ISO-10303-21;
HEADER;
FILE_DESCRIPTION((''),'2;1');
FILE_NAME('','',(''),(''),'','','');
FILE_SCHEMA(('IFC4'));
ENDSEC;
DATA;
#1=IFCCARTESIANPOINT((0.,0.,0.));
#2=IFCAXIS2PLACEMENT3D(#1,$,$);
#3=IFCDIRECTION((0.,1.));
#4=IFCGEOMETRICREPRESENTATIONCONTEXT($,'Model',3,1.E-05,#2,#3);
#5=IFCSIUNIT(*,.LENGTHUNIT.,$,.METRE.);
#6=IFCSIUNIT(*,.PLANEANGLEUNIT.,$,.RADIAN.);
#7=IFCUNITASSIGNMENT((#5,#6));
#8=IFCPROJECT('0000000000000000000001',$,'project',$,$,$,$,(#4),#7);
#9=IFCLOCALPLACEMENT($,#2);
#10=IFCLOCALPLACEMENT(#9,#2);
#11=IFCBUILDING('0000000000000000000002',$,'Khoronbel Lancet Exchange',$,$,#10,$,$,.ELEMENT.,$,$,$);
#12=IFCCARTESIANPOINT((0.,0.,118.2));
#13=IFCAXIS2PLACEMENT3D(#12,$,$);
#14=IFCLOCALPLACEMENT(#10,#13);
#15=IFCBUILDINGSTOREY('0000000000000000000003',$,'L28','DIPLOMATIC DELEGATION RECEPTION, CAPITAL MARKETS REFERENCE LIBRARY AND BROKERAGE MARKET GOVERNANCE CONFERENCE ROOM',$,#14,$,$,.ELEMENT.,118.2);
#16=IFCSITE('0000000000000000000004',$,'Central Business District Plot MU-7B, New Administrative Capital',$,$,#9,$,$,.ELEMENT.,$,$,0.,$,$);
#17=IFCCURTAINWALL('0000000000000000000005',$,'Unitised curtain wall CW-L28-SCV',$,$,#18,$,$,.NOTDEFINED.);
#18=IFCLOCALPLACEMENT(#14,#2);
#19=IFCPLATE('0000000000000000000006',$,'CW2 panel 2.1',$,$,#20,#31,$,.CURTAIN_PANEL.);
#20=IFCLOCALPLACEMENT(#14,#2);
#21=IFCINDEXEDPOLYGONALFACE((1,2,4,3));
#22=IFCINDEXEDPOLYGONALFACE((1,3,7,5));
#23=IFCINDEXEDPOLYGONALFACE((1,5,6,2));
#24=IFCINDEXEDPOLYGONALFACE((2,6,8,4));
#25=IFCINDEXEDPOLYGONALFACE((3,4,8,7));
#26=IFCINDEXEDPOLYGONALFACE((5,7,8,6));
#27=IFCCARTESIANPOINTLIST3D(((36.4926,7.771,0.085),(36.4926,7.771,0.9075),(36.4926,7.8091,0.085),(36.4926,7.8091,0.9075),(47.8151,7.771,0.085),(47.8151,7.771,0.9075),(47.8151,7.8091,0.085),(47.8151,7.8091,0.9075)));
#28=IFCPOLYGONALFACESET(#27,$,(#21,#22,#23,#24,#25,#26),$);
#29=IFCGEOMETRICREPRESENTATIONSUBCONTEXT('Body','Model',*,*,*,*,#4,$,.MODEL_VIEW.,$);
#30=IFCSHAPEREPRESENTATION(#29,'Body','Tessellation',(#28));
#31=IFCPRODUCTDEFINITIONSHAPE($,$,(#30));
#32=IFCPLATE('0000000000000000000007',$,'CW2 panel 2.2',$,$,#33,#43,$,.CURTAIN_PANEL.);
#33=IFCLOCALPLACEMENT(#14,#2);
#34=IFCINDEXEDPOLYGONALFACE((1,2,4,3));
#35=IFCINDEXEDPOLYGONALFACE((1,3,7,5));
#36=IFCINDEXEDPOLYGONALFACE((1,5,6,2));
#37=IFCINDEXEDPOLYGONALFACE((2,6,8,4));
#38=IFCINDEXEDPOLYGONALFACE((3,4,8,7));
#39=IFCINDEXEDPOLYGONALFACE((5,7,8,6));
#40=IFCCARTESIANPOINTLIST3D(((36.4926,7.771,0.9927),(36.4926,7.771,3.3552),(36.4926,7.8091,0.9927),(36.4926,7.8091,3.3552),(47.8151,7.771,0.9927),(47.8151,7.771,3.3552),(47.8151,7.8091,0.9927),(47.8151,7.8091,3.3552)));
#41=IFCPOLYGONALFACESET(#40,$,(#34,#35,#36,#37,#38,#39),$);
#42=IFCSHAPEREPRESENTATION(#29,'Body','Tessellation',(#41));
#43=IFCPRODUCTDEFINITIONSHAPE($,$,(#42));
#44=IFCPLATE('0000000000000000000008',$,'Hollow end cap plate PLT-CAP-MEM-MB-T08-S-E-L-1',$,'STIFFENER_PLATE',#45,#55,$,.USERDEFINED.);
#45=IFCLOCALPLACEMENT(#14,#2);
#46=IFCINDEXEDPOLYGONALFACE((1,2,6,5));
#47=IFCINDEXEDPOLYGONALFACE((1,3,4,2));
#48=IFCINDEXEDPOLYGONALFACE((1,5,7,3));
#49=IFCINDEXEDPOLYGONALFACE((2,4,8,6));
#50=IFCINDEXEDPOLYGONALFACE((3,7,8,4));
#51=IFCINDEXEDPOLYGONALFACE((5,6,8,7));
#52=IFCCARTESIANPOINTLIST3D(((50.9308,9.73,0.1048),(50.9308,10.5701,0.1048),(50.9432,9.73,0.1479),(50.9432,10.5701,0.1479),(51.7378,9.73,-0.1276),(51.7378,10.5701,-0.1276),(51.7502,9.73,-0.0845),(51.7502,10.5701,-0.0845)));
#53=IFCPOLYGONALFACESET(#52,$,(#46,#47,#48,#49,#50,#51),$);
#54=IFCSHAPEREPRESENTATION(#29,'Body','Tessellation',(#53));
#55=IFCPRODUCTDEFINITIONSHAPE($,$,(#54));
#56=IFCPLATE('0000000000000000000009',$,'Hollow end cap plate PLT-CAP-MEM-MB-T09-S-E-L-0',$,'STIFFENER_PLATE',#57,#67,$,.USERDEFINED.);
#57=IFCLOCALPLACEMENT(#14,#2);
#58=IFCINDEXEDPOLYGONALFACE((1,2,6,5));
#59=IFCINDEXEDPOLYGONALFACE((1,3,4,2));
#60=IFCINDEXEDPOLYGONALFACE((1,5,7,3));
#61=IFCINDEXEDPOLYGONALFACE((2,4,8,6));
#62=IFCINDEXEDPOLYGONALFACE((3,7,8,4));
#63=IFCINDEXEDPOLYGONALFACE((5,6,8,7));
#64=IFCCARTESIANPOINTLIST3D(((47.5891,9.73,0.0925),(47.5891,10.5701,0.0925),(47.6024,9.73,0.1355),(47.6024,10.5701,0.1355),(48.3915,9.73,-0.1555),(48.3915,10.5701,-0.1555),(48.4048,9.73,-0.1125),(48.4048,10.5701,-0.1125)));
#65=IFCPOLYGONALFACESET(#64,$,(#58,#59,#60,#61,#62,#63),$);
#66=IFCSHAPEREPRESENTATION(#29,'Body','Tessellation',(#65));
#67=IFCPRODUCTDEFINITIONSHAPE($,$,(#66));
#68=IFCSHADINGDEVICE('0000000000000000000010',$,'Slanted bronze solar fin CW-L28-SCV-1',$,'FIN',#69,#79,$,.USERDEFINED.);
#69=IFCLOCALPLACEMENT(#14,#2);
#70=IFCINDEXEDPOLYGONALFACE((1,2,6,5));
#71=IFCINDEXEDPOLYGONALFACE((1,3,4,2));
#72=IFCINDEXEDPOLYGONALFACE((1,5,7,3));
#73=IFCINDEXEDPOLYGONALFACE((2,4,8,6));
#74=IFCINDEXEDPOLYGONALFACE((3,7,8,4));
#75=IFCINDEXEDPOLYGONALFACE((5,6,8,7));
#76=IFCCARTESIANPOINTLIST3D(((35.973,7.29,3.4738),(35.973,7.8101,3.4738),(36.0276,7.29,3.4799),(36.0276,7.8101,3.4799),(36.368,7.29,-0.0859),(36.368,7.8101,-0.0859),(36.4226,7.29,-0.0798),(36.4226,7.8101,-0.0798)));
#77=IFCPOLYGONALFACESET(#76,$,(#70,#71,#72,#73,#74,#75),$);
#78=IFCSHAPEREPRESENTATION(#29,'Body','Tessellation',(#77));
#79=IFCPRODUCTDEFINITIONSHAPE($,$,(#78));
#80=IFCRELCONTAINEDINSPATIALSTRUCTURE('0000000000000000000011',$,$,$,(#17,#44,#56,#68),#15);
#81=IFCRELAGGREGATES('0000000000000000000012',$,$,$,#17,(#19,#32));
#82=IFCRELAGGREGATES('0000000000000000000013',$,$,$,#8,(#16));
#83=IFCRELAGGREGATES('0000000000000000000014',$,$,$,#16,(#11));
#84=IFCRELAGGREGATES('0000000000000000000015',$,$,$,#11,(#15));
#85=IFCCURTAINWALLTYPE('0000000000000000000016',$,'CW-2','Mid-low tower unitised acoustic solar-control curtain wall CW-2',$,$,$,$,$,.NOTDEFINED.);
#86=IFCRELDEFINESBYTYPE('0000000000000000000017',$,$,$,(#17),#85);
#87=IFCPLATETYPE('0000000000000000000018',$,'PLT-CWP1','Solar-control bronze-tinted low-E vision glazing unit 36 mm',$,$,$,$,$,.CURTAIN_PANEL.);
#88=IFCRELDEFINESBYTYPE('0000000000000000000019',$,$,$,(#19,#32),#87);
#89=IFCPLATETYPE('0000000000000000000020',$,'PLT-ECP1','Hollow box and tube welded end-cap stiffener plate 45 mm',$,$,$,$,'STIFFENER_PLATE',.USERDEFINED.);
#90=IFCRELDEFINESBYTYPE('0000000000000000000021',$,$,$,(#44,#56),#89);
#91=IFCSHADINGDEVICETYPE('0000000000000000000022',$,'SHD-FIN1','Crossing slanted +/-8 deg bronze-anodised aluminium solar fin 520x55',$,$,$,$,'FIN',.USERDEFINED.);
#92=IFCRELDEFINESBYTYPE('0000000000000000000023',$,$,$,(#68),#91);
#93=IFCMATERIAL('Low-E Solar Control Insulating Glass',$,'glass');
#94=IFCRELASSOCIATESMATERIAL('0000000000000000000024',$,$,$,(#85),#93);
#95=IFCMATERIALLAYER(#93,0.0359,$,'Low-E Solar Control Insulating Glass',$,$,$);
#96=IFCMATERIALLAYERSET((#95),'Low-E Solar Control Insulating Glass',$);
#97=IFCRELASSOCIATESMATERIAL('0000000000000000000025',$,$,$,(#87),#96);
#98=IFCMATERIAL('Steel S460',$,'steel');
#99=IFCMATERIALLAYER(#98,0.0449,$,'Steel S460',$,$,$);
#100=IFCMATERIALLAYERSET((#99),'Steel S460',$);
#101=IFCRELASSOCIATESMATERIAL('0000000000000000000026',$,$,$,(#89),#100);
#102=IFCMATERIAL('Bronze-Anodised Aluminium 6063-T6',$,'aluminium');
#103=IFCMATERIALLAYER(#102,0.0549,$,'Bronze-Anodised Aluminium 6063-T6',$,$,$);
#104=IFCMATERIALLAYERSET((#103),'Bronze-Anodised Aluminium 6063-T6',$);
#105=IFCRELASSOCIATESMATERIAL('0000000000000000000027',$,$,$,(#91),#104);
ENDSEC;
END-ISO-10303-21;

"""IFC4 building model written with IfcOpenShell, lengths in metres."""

from ifc_helpers import new_model, si_unit, direction, frame, origin, origin_2d, place, context, subcontext, project, spatial, polyline, rectangle, outline, extrude, material, layer, layer_set, type_object, element, aggregate, save


model = new_model("IFC4")

# Units and contexts
model_context = context("Model", 3, precision=1e-05, world=origin(), true_north=direction((0.0, 1.0)))
body_context = subcontext(model_context, "Body", "Model", "MODEL_VIEW")
ifc_project = project(units=[si_unit("LENGTHUNIT", "METRE"), si_unit("PLANEANGLEUNIT", "RADIAN")], contexts=[model_context])

# Site, building, storey
site_placement = place(None, origin())
site = spatial("IfcSite", under=ifc_project, at=site_placement, Name="Central Business District Plot MU-7B, New Administrative Capital", CompositionType="ELEMENT", RefElevation=0.0)
building_placement = place(site_placement, origin())
building = spatial("IfcBuilding", under=site, at=building_placement, Name="Khoronbel Lancet Exchange", CompositionType="ELEMENT")
storey_placement = place(building_placement, frame((0.0, 0.0, 118.2)))
storey = spatial("IfcBuildingStorey", under=building, at=storey_placement, Name="L28", Description="DIPLOMATIC DELEGATION RECEPTION, CAPITAL MARKETS REFERENCE LIBRARY AND BROKERAGE MARKET GOVERNANCE CONFERENCE ROOM", CompositionType="ELEMENT", Elevation=118.2)

# Shared definitions
ifc_material_1 = material(Name="Steel S460", Category="steel")

# Curtain wall
ifc_material_2 = material(Name="Low-E Solar Control Insulating Glass", Category="glass")
curtain_wall_type = type_object("IfcCurtainWallType", Name="CW-2", Description="Mid-low tower unitised acoustic solar-control curtain wall CW-2", PredefinedType="NOTDEFINED", material=ifc_material_2)
curtain_wall_1_placement = place(storey_placement, origin())
curtain_wall_1 = element("IfcCurtainWall", 1, at=curtain_wall_1_placement, inside=storey, type_object=curtain_wall_type, Name="Unitised curtain wall CW-L28-SCV", PredefinedType="NOTDEFINED")
ifc_material_3 = material(Name="Bronze-Anodised Aluminium 6063-T6", Category="aluminium")

# Plates
ifc_layer_1 = layer(ifc_material_2, 0.0359, Name="Low-E Solar Control Insulating Glass")
ifc_layer_set_1 = layer_set([ifc_layer_1], Name="Low-E Solar Control Insulating Glass")
plate_type_1 = type_object("IfcPlateType", Name="PLT-CWP1", Description="Solar-control bronze-tinted low-E vision glazing unit 36 mm", PredefinedType="CURTAIN_PANEL", material=ifc_layer_set_1)
plate_1_placement = place(storey_placement, frame((42.1538, 7.79, 0.085), z_axis=(0.0, 0.0, 1.0), x_axis=(1.0, 0.0, 0.0)))
plate_1 = element("IfcPlate", 2, at=plate_1_placement, type_object=plate_type_1, Name="CW2 panel 2.1", PredefinedType="CURTAIN_PANEL", context=body_context, shape_type="SweptSolid", body=[
    extrude(rectangle(XDim=11.3225, YDim=0.0381, at=origin_2d()), origin(), (0.0, 0.0, 1.0), 0.8225),
])
plate_2_placement = place(storey_placement, frame((42.1538, 7.79, 0.9927), z_axis=(0.0, 0.0, 1.0), x_axis=(1.0, 0.0, 0.0)))
plate_2 = element("IfcPlate", 3, at=plate_2_placement, type_object=plate_type_1, Name="CW2 panel 2.2", PredefinedType="CURTAIN_PANEL", context=body_context, shape_type="SweptSolid", body=[
    extrude(rectangle(XDim=11.3225, YDim=0.0381, at=origin_2d()), origin(), (0.0, 0.0, 1.0), 2.3625),
])
aggregate(curtain_wall_1, [plate_1, plate_2])

# Plates
ifc_layer_2 = layer(ifc_material_1, 0.0449, Name="Steel S460")
ifc_layer_set_2 = layer_set([ifc_layer_2], Name="Steel S460")
plate_type_2 = type_object("IfcPlateType", Name="PLT-ECP1", Description="Hollow box and tube welded end-cap stiffener plate 45 mm", ElementType="STIFFENER_PLATE", PredefinedType="USERDEFINED", material=ifc_layer_set_2)
for number, where, z_axis, x_axis, name in (
    (4, (51.7502, 9.73, -0.0845), (0.276717, 0.0, 0.960952), (0.0, 1.0, 0.0), "Hollow end cap plate PLT-CAP-MEM-MB-T08-S-E-L-1"),
    (5, (48.4048, 9.73, -0.1125), (0.295311, 0.0, 0.955401), (0.0, 1.0, 0.0), "Hollow end cap plate PLT-CAP-MEM-MB-T09-S-E-L-0"),
):
    element("IfcPlate", number, at=place(storey_placement, frame(where, z_axis=z_axis, x_axis=x_axis)), inside=storey, type_object=plate_type_2, Name=name, ObjectType="STIFFENER_PLATE", PredefinedType="USERDEFINED", context=body_context, shape_type="SweptSolid", body=[
        extrude(outline(polyline([(0.0, 0.0), (0.8401, 0.0), (0.8401, 0.8398), (0.0, 0.8398), (0.0, 0.0)])), origin(), (0.0, 0.0, -1.0), 0.0449),
    ])

# Shading device
ifc_layer_3 = layer(ifc_material_3, 0.0549, Name="Bronze-Anodised Aluminium 6063-T6")
ifc_layer_set_3 = layer_set([ifc_layer_3], Name="Bronze-Anodised Aluminium 6063-T6")
shading_device_type = type_object("IfcShadingDeviceType", Name="SHD-FIN1", Description="Crossing slanted +/-8 deg bronze-anodised aluminium solar fin 520x55", ElementType="FIN", PredefinedType="USERDEFINED", material=ifc_layer_set_3)
shading_device_placement = place(storey_placement, frame((36.4226, 7.8101, -0.0798), z_axis=(0.9939, 0.0, 0.110289), x_axis=(0.0, -1.0, 0.0)))
element("IfcShadingDevice", 6, at=shading_device_placement, inside=storey, type_object=shading_device_type, Name="Slanted bronze solar fin CW-L28-SCV-1", ObjectType="FIN", PredefinedType="USERDEFINED", context=body_context, shape_type="SweptSolid", body=[
    extrude(outline(polyline([(0.0, 0.0), (0.52, 0.0), (0.52, -3.5815), (0.0, -3.5815), (0.0, 0.0)])), origin(), (0.0, 0.0, -1.0), 0.0549),
])

save(model, "model.ifc")
